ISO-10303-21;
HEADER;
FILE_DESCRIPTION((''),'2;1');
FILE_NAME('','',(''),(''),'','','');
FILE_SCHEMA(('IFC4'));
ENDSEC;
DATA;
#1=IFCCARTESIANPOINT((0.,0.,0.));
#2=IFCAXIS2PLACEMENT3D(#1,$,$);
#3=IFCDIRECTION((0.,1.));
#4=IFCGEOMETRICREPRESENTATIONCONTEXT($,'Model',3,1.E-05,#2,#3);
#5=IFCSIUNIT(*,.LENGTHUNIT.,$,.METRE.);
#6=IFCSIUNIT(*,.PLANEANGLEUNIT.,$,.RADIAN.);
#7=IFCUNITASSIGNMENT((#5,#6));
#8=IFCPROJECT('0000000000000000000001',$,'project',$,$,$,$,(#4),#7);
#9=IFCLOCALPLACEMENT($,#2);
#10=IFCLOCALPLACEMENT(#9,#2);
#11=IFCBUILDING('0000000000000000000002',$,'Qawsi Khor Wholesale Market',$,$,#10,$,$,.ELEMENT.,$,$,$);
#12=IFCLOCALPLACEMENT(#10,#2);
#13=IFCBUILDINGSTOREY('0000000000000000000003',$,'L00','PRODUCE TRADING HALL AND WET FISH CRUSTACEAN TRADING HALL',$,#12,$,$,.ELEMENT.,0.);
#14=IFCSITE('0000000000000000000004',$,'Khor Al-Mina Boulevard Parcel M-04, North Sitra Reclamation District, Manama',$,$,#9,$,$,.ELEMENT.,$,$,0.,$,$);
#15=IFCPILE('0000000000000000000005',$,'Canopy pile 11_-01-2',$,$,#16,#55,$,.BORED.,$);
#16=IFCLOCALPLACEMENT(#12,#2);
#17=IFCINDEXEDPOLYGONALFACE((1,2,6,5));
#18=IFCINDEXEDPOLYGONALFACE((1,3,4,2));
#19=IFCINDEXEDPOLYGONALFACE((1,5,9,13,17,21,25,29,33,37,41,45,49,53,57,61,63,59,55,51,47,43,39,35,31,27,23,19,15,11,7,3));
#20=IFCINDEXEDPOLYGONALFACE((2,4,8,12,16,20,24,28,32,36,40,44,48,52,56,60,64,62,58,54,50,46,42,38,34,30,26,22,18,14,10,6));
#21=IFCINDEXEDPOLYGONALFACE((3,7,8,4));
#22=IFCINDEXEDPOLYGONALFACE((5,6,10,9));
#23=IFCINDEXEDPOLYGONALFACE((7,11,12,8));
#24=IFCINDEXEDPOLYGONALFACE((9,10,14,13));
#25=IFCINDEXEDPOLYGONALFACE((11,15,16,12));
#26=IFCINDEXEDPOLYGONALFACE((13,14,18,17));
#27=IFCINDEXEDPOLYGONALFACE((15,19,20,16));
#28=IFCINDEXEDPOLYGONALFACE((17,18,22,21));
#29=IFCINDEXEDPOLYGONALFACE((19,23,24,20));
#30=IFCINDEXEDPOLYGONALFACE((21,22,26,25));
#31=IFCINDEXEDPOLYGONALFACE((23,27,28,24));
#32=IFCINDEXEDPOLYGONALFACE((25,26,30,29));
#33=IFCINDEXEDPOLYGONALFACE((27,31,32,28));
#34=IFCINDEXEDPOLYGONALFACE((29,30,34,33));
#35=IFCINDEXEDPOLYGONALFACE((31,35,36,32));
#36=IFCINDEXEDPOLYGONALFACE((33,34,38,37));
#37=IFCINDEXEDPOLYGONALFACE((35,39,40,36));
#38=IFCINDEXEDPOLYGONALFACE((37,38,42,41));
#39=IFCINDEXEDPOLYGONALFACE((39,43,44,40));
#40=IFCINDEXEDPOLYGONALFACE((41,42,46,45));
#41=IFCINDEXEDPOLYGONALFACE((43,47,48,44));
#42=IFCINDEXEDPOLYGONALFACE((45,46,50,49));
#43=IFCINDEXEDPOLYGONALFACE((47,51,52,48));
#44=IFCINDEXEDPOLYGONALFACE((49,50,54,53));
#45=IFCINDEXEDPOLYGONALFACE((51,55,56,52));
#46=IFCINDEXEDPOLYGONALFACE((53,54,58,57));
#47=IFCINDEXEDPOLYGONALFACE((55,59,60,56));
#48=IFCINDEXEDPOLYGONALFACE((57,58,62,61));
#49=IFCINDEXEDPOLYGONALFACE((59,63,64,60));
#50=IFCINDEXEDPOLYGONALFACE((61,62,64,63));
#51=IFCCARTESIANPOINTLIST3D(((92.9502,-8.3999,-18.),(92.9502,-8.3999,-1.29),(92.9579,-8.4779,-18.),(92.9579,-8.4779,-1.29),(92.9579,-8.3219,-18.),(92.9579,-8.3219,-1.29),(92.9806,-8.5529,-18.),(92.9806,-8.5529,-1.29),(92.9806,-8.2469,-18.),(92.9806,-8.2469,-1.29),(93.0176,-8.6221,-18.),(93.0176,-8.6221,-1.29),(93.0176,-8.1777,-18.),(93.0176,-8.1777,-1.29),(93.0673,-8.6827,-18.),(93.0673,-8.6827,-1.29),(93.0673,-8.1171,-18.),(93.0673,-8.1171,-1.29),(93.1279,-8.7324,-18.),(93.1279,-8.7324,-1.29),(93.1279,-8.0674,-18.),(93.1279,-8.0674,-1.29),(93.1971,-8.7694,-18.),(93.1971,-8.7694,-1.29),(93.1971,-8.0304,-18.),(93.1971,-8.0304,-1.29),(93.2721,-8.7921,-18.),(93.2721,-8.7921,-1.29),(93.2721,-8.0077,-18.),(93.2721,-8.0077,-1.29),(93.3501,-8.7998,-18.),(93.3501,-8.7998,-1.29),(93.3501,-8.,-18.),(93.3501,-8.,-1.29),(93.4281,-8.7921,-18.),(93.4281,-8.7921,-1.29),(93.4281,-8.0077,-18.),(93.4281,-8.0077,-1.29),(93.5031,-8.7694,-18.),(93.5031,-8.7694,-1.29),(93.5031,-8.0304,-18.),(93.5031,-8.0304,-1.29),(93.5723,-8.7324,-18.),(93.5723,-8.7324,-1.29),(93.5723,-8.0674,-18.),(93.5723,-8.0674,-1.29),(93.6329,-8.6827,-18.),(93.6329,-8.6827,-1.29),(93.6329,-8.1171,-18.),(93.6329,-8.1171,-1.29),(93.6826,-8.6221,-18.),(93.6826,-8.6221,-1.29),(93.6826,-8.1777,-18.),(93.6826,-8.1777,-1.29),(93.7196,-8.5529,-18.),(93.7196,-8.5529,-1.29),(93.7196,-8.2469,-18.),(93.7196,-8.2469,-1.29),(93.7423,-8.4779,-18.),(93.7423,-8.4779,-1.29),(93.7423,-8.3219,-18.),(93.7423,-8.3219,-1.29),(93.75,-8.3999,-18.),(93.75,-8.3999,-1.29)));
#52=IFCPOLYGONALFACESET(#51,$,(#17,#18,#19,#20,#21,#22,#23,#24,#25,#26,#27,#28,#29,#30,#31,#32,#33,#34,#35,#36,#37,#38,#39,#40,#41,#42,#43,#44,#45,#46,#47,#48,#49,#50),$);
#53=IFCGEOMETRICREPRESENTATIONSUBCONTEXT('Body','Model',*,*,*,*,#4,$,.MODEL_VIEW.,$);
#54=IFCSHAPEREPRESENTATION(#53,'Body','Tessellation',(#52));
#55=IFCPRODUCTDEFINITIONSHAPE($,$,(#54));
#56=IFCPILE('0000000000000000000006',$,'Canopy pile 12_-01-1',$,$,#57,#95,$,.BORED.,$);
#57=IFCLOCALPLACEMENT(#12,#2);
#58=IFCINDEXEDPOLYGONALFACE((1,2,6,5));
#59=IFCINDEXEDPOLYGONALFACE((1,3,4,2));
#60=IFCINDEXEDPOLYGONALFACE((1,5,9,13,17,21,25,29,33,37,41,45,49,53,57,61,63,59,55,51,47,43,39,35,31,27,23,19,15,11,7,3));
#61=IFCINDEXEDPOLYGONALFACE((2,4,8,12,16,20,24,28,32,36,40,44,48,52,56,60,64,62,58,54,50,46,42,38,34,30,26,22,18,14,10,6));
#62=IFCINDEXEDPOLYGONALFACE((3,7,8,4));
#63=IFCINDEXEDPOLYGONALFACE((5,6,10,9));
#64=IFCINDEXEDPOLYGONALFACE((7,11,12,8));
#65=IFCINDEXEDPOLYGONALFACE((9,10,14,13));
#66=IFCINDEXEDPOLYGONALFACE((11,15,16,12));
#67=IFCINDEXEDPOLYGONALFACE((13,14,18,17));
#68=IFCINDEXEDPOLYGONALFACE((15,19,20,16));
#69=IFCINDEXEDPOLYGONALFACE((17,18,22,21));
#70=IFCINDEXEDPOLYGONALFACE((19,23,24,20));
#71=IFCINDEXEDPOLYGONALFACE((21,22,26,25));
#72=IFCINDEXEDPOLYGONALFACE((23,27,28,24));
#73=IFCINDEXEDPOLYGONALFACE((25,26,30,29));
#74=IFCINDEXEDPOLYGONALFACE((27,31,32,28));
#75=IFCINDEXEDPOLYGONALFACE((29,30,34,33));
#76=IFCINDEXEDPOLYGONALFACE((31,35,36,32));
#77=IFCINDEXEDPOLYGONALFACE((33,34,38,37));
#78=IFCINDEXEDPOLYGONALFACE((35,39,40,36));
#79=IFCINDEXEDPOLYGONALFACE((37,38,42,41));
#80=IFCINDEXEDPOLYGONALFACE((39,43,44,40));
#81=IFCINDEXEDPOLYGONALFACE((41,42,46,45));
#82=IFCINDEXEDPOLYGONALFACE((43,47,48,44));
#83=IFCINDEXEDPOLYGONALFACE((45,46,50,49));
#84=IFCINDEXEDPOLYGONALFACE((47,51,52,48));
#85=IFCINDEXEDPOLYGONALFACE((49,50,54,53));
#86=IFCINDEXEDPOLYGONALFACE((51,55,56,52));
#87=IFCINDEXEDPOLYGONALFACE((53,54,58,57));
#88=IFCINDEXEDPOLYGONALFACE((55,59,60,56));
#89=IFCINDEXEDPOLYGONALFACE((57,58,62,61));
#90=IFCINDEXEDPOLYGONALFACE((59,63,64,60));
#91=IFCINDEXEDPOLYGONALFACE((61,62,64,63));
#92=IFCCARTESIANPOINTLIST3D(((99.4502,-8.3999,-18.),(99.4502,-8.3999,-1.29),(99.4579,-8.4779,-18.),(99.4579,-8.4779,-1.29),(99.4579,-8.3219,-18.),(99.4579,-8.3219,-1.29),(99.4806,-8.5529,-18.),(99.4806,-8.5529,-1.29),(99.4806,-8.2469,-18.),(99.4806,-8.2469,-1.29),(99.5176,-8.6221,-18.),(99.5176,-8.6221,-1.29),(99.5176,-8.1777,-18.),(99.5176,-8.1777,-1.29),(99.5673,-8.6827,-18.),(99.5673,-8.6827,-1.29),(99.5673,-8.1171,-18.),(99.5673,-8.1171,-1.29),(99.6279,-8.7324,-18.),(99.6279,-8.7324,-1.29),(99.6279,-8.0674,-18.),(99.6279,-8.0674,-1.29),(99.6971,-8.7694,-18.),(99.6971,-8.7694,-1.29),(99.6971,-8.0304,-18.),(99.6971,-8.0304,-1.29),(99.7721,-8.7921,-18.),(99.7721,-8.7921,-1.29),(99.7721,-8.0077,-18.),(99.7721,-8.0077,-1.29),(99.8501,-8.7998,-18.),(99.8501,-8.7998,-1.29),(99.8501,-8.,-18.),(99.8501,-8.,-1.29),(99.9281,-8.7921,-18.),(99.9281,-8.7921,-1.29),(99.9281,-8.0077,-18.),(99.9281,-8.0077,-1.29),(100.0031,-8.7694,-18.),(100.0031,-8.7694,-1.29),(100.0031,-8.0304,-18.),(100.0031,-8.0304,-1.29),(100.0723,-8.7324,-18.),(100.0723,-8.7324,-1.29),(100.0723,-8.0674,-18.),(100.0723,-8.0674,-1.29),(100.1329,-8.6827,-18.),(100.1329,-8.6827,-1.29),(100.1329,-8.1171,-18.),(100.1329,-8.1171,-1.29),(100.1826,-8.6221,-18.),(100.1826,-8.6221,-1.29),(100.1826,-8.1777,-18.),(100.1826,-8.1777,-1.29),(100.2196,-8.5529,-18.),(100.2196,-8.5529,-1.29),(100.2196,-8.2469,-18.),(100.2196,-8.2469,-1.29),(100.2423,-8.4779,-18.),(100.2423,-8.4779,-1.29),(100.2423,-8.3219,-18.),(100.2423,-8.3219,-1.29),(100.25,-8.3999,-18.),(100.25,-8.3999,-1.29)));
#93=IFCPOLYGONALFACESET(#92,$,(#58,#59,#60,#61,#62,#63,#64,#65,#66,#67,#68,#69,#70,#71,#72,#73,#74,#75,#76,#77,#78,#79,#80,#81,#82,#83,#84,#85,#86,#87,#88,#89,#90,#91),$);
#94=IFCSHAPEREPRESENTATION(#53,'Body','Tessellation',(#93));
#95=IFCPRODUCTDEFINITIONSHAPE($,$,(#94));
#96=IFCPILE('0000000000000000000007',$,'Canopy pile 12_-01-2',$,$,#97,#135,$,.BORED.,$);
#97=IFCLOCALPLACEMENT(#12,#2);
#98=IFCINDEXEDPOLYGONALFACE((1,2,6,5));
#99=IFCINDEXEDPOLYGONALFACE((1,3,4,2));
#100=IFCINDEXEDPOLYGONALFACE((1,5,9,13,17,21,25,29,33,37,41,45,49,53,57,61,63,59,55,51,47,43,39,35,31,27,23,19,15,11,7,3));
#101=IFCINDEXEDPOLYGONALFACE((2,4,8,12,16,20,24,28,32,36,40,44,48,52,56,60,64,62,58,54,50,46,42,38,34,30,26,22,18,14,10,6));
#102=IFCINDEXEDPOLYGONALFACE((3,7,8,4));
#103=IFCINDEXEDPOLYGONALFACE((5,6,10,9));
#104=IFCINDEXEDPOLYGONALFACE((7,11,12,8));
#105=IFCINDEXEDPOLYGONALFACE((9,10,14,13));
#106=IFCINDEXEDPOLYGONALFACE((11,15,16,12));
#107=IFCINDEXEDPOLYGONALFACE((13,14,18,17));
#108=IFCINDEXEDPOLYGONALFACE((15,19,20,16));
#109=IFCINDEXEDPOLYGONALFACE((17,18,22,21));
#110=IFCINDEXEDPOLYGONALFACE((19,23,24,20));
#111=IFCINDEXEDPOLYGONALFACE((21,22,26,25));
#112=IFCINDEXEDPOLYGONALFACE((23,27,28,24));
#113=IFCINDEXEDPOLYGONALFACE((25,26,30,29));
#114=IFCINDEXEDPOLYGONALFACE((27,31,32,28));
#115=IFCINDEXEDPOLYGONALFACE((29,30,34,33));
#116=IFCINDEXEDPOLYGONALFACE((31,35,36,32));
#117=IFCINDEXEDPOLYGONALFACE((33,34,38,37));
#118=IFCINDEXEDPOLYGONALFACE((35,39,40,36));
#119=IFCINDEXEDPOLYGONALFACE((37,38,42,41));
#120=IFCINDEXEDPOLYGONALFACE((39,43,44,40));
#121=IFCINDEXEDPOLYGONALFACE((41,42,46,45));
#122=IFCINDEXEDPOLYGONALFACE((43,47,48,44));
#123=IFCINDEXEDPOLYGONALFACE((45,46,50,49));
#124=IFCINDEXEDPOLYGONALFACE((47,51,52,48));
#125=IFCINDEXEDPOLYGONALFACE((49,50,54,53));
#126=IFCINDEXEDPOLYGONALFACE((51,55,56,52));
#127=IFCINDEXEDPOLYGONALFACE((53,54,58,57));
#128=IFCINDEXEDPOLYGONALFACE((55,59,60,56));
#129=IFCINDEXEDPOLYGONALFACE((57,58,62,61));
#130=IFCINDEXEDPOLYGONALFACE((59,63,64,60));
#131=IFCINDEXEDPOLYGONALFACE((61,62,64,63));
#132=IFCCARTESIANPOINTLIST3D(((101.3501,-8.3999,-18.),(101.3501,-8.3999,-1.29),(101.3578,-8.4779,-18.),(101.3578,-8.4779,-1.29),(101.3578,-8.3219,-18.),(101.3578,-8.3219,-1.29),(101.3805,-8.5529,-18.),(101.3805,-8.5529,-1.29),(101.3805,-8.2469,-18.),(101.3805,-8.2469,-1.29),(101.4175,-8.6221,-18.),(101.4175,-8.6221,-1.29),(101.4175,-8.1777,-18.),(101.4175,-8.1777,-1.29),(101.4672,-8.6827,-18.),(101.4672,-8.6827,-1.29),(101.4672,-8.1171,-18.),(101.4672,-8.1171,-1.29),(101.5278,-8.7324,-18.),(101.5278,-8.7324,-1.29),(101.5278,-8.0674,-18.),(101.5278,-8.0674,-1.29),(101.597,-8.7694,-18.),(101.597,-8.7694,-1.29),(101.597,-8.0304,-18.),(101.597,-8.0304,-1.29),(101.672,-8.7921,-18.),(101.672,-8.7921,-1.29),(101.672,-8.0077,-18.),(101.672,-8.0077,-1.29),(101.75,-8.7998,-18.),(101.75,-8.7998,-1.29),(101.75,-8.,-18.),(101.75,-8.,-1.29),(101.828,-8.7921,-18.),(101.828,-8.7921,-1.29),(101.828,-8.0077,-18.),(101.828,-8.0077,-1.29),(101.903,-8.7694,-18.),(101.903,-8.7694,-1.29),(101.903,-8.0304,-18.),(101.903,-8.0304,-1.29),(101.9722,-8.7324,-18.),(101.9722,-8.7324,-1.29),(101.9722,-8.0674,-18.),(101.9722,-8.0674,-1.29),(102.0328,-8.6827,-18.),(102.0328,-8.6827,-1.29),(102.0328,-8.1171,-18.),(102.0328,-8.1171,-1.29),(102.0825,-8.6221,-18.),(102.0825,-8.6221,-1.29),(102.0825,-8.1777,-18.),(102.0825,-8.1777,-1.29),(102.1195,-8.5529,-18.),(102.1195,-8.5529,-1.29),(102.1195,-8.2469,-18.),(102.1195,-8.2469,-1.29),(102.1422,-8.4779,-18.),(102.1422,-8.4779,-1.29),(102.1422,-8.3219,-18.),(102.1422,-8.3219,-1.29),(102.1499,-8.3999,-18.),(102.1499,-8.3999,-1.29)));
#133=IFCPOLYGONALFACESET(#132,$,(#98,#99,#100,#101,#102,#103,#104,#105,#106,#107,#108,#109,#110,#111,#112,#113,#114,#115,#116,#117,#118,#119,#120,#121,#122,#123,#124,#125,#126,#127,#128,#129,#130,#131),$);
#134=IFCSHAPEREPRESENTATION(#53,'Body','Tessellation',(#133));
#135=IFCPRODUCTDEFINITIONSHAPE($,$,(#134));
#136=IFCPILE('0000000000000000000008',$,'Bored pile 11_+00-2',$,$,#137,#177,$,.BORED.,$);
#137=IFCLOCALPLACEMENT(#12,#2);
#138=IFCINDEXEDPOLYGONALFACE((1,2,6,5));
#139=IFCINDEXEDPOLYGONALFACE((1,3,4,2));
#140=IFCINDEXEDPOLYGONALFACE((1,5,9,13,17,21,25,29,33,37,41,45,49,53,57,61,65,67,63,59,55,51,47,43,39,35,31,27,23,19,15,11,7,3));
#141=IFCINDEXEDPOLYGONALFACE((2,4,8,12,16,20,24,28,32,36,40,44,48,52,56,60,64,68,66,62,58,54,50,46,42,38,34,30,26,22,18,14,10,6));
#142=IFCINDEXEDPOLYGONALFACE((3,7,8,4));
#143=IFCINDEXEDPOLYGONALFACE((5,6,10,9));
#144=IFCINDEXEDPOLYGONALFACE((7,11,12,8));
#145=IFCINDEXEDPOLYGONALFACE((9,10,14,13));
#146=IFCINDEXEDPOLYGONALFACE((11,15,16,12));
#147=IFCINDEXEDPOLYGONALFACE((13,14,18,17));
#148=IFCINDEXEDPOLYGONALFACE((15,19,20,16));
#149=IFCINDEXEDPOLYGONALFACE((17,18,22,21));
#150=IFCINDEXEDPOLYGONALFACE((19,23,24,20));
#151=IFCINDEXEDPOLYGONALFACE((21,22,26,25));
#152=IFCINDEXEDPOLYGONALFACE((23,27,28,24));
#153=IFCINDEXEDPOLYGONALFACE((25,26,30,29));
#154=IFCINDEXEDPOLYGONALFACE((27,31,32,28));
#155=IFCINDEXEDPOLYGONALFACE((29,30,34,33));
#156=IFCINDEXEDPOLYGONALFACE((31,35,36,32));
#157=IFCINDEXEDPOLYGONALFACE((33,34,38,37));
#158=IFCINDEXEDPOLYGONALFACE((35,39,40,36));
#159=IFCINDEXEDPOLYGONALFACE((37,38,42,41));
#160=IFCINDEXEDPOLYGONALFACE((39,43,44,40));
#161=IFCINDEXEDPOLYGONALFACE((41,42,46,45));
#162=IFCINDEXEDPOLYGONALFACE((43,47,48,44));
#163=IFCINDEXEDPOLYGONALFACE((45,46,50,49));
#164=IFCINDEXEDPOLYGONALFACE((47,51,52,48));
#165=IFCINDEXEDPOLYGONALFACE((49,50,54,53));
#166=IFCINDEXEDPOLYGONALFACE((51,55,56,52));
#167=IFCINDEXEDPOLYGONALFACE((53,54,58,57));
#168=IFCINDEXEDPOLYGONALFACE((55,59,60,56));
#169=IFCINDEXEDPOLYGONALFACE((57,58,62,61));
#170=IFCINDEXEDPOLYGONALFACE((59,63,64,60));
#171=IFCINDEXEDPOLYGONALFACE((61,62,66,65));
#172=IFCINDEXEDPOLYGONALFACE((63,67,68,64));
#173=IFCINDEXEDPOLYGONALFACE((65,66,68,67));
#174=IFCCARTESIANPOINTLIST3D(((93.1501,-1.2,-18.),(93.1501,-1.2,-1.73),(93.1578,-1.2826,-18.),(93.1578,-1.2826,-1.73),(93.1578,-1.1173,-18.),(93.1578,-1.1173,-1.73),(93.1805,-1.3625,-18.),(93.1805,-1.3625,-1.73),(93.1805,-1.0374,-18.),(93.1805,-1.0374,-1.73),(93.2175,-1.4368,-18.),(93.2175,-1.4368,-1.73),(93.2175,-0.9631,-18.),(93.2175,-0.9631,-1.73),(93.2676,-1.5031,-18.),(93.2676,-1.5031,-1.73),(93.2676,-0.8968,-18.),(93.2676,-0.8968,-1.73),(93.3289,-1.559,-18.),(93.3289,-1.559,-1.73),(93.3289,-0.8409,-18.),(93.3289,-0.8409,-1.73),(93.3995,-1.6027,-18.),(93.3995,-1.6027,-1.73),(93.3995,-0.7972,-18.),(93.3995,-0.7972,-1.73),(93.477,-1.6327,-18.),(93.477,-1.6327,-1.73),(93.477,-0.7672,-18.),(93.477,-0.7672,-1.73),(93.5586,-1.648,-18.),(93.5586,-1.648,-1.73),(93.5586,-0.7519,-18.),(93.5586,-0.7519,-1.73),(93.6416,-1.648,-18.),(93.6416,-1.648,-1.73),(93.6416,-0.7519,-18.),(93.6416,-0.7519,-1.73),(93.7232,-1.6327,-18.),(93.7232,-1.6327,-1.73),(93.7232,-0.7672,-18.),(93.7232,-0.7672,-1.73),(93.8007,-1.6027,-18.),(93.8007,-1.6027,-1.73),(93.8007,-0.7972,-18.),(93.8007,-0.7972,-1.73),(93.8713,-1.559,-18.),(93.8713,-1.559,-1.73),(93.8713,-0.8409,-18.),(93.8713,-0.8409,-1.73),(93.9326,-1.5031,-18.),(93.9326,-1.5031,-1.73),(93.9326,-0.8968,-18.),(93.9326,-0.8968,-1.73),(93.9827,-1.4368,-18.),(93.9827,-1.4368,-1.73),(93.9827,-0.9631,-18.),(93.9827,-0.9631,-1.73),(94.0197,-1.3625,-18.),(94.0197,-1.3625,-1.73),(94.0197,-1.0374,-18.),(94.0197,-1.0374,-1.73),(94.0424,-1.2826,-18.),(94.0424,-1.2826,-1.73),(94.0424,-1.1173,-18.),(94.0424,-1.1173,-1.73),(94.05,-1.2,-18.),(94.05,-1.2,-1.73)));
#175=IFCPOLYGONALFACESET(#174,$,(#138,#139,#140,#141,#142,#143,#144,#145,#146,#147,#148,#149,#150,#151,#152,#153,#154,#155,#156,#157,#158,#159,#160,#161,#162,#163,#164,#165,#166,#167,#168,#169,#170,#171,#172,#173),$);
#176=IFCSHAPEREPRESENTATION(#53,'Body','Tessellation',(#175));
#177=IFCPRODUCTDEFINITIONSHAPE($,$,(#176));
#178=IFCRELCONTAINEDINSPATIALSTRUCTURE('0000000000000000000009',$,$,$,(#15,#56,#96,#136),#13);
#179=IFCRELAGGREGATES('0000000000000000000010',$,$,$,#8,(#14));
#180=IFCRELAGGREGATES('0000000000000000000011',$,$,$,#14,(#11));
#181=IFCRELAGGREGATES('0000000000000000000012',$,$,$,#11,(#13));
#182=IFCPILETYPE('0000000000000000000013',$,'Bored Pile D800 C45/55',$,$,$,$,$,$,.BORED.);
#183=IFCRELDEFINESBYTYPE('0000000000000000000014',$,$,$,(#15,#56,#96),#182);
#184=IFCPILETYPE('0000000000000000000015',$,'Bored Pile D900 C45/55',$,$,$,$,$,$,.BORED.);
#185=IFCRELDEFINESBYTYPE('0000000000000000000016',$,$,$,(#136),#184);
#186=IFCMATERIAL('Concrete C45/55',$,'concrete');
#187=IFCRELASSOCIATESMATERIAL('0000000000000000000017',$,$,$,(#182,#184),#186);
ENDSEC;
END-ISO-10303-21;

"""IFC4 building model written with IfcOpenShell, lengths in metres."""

from ifc_helpers import new_model, si_unit, direction, frame, origin, origin_2d, place, context, subcontext, project, spatial, circle, extrude, material, material_profile, profile_set, type_object, element, save


model = new_model("IFC4")

# Units and contexts
model_context = context("Model", 3, precision=1e-05, world=origin(), true_north=direction((0.0, 1.0)))
body_context = subcontext(model_context, "Body", "Model", "MODEL_VIEW")
ifc_project = project(units=[si_unit("LENGTHUNIT", "METRE"), si_unit("PLANEANGLEUNIT", "RADIAN")], contexts=[model_context])

# Site, building, storey
site_placement = place(None, origin())
site = spatial("IfcSite", under=ifc_project, at=site_placement, Name="Khor Al-Mina Boulevard Parcel M-04, North Sitra Reclamation District, Manama", CompositionType="ELEMENT", RefElevation=0.0)
building_placement = place(site_placement, origin())
building = spatial("IfcBuilding", under=site, at=building_placement, Name="Qawsi Khor Wholesale Market", CompositionType="ELEMENT")
storey_placement = place(building_placement, origin())
storey = spatial("IfcBuildingStorey", under=building, at=storey_placement, Name="L00", Description="PRODUCE TRADING HALL AND WET FISH CRUSTACEAN TRADING HALL", CompositionType="ELEMENT", Elevation=0.0)

# Piles
ifc_material_1 = material(Name="Concrete C45/55", Category="concrete")
ifc_material_profile_1 = material_profile(ifc_material_1, circle(Radius=0.3999, at=origin_2d()), Name="PILE D800")
ifc_profile_set_1 = profile_set([ifc_material_profile_1], Name="Concrete C45/55")
pile_type_1 = type_object("IfcPileType", Name="Bored Pile D800 C45/55", PredefinedType="BORED", material=ifc_profile_set_1)
for number, where, z_axis, x_axis, name in (
    (1, (93.3501, -8.3999, -1.29), (0.0, 0.0, -1.0), (1.0, 0.0, 0.0), "Canopy pile 11_-01-2"),
    (2, (99.8501, -8.3999, -1.29), (0.0, 0.0, -1.0), (1.0, 0.0, 0.0), "Canopy pile 12_-01-1"),
    (3, (101.75, -8.3999, -1.29), (0.0, 0.0, -1.0), (1.0, 0.0, 0.0), "Canopy pile 12_-01-2"),
):
    element("IfcPile", number, at=place(storey_placement, frame(where, z_axis=z_axis, x_axis=x_axis)), inside=storey, type_object=pile_type_1, Name=name, PredefinedType="BORED", context=body_context, shape_type="SweptSolid", body=[
        extrude(circle(Radius=0.3999, at=origin_2d()), origin(), (0.0, 0.0, 1.0), 16.71),
    ])
ifc_material_profile_2 = material_profile(ifc_material_1, circle(Radius=0.45, at=origin_2d()), Name="PILE D900")
ifc_profile_set_2 = profile_set([ifc_material_profile_2], Name="Concrete C45/55")
pile_type_2 = type_object("IfcPileType", Name="Bored Pile D900 C45/55", PredefinedType="BORED", material=ifc_profile_set_2)
for number, where, z_axis, x_axis, name in (
    (4, (93.6001, -1.2, -1.73), (0.0, 0.0, -1.0), (1.0, 0.0, 0.0), "Bored pile 11_+00-2"),
):
    element("IfcPile", number, at=place(storey_placement, frame(where, z_axis=z_axis, x_axis=x_axis)), inside=storey, type_object=pile_type_2, Name=name, PredefinedType="BORED", context=body_context, shape_type="SweptSolid", body=[
        extrude(circle(Radius=0.45, at=origin_2d()), origin(), (0.0, 0.0, 1.0), 16.27),
    ])

save(model, "model.ifc")
